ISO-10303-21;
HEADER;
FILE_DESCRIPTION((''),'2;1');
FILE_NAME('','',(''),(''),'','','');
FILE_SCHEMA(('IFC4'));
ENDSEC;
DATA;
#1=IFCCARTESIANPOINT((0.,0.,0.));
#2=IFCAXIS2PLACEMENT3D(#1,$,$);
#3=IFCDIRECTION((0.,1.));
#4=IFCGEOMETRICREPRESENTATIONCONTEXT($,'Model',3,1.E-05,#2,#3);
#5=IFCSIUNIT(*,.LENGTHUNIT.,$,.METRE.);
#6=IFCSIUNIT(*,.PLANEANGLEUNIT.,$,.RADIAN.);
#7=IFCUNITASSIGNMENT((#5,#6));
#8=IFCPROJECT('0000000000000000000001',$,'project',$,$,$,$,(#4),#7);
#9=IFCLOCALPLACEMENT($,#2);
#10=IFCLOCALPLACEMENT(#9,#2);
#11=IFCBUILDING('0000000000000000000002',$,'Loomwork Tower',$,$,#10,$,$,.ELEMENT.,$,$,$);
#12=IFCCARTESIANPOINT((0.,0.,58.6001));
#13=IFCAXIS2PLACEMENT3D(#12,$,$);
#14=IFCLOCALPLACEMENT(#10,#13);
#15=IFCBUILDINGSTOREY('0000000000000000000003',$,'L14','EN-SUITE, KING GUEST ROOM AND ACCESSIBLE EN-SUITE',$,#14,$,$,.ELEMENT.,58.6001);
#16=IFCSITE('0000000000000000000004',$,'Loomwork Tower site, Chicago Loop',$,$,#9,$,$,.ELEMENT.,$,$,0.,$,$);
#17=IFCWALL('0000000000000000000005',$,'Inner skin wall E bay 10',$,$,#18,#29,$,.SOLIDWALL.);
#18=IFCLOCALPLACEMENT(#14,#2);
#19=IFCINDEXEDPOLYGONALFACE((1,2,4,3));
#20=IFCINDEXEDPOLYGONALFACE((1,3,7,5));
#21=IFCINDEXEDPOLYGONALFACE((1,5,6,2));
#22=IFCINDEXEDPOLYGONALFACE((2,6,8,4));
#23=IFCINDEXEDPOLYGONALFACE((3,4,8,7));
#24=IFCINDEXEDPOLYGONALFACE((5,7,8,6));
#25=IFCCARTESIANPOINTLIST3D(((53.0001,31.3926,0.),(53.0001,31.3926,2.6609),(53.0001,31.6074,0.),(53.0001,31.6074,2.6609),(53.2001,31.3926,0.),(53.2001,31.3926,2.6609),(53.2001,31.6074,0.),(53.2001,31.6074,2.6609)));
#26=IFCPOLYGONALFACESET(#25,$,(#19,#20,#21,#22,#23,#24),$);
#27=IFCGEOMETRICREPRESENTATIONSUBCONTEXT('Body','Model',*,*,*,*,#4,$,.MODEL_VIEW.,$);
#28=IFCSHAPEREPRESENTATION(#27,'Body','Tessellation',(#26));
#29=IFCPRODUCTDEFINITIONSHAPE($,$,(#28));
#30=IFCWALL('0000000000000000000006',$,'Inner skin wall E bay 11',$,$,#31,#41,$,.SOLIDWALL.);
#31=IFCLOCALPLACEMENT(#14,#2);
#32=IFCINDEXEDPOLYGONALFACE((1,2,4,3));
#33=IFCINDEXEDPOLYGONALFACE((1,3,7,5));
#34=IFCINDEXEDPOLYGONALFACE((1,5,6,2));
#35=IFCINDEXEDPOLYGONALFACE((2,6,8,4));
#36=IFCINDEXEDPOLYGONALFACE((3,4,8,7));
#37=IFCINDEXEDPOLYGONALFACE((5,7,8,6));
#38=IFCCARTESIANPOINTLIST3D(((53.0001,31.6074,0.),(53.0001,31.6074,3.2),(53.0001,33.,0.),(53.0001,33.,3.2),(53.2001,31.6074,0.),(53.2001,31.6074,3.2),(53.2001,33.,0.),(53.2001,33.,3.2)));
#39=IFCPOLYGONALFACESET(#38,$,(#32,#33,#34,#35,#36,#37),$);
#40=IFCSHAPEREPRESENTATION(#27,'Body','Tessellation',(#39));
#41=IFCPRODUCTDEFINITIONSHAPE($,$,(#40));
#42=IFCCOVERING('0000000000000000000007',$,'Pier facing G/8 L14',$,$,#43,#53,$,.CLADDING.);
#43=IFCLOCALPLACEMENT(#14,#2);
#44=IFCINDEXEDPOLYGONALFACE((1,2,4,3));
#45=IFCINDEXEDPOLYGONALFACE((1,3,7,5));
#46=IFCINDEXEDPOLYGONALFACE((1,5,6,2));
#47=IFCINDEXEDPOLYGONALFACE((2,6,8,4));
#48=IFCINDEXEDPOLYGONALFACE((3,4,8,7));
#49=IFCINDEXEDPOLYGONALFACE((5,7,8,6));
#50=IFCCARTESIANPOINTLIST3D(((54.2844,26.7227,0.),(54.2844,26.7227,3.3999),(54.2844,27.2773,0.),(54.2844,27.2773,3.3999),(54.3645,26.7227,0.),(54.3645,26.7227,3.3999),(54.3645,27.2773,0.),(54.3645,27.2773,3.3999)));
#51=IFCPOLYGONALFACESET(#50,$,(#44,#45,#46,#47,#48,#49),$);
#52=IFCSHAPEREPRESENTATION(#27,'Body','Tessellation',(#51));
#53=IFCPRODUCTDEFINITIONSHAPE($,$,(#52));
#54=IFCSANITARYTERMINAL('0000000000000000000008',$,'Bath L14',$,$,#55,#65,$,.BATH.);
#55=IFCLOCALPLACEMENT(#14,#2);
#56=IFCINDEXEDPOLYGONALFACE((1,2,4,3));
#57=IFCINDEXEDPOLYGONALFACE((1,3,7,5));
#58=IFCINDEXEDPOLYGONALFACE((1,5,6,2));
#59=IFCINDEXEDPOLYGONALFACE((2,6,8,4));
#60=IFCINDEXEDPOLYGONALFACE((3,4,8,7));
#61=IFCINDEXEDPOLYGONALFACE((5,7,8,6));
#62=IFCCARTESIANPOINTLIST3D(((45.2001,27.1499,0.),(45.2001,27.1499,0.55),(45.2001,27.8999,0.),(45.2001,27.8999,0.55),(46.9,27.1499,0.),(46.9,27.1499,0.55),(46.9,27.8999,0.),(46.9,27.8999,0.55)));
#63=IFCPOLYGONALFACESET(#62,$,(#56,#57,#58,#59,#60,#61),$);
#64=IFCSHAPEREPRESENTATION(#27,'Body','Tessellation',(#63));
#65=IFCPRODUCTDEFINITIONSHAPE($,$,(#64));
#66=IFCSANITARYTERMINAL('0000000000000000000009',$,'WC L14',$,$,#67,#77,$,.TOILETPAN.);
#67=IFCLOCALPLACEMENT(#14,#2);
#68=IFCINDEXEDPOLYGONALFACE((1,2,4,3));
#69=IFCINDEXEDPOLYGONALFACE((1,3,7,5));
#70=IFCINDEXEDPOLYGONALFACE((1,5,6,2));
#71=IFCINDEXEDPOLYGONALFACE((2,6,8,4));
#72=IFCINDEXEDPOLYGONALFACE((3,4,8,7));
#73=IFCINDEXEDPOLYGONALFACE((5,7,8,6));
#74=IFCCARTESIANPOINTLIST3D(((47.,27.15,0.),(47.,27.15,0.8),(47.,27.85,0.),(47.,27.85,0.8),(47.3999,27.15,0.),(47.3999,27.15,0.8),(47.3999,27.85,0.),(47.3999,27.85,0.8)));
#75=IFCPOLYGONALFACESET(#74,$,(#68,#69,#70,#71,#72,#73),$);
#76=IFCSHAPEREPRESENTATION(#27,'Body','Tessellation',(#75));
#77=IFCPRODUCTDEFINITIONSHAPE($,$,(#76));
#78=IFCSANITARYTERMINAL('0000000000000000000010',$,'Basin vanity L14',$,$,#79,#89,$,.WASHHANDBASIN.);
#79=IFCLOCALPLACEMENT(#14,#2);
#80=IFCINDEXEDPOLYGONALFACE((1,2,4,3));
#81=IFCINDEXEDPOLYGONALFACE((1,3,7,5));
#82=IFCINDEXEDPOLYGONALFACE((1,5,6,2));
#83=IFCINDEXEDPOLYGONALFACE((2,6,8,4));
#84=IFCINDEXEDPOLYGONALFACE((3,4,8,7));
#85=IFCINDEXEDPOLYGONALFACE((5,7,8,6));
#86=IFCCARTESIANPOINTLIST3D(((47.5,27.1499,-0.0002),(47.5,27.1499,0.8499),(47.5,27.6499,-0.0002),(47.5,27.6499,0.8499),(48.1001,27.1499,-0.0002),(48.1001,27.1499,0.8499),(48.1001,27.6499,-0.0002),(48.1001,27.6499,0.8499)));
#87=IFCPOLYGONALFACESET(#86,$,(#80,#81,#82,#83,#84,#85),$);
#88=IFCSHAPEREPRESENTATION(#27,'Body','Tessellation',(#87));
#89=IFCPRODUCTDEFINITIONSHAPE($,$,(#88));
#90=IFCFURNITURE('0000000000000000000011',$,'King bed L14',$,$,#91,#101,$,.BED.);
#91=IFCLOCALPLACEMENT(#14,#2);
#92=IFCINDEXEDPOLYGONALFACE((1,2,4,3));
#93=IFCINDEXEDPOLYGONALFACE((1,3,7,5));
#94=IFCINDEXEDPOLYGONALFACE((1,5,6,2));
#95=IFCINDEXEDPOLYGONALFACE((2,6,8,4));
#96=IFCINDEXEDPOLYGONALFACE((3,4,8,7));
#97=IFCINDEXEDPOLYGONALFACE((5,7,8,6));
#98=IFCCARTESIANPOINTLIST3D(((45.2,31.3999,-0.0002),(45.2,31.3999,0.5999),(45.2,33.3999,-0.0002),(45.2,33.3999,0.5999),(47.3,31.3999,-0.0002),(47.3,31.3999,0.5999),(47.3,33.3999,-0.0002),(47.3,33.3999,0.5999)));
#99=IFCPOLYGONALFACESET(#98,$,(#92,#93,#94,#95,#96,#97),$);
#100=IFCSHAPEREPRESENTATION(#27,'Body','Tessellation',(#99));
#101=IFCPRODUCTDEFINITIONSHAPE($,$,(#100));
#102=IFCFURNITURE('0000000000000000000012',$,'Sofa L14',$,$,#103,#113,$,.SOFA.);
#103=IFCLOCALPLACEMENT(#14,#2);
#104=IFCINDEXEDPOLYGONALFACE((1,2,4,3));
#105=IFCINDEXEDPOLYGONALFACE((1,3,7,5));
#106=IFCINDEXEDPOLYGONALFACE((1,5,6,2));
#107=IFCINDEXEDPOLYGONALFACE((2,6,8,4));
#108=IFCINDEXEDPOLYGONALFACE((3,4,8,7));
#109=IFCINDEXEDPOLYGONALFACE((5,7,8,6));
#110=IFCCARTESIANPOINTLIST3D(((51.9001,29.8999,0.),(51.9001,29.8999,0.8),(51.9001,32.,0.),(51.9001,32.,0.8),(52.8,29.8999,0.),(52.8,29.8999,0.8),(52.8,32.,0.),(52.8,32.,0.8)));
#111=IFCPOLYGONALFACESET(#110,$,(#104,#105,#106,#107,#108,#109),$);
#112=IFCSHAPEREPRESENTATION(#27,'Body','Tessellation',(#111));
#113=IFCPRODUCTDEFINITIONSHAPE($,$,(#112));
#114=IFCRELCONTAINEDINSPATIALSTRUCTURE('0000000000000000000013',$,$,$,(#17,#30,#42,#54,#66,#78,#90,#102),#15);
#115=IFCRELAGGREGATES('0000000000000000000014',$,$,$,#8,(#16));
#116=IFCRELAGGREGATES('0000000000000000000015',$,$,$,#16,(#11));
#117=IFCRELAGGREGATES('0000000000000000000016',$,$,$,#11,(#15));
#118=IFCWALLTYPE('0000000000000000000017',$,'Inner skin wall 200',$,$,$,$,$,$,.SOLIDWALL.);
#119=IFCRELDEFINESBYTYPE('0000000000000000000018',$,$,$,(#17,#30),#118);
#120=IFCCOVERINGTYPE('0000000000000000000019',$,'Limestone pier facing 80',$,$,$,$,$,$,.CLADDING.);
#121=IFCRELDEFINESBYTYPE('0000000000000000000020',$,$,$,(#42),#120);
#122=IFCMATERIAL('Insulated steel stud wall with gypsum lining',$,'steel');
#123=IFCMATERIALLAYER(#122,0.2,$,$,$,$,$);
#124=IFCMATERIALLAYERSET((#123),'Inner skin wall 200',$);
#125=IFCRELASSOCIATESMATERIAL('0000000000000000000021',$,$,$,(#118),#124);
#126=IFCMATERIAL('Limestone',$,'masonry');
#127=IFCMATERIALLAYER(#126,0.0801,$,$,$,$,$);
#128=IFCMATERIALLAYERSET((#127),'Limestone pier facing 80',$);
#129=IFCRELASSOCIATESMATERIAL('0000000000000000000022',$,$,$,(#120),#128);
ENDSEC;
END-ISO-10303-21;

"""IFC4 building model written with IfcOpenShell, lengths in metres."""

from ifc_helpers import new_model, si_unit, direction, frame, frame_2d, origin, origin_2d, place, context, subcontext, project, spatial, rectangle, extrude, material, layer, layer_set, type_object, element, save


model = new_model("IFC4")

# Units and contexts
model_context = context("Model", 3, precision=1e-05, world=origin(), true_north=direction((0.0, 1.0)))
body_context = subcontext(model_context, "Body", "Model", "MODEL_VIEW")
ifc_project = project(units=[si_unit("LENGTHUNIT", "METRE"), si_unit("PLANEANGLEUNIT", "RADIAN")], contexts=[model_context])

# Site, building, storey
site_placement = place(None, origin())
site = spatial("IfcSite", under=ifc_project, at=site_placement, Name="Loomwork Tower site, Chicago Loop", CompositionType="ELEMENT", RefElevation=0.0)
building_placement = place(site_placement, origin())
building = spatial("IfcBuilding", under=site, at=building_placement, Name="Loomwork Tower", CompositionType="ELEMENT")
storey_placement = place(building_placement, frame((0.0, 0.0, 58.6001)))
storey = spatial("IfcBuildingStorey", under=building, at=storey_placement, Name="L14", Description="EN-SUITE, KING GUEST ROOM AND ACCESSIBLE EN-SUITE", CompositionType="ELEMENT", Elevation=58.6001)

# Walls
ifc_material_1 = material(Name="Insulated steel stud wall with gypsum lining", Category="steel")
ifc_layer_1 = layer(ifc_material_1, 0.2)
ifc_layer_set_1 = layer_set([ifc_layer_1], Name="Inner skin wall 200")
wall_type_1 = type_object("IfcWallType", Name="Inner skin wall 200", PredefinedType="SOLIDWALL", material=ifc_layer_set_1)
wall_1_placement = place(storey_placement, frame((53.1001, 31.3926, 0.0), z_axis=(0.0, 0.0, 1.0), x_axis=(0.0, 1.0, 0.0)))
element("IfcWall", 1, at=wall_1_placement, inside=storey, type_object=wall_type_1, Name="Inner skin wall E bay 10", PredefinedType="SOLIDWALL", context=body_context, shape_type="SweptSolid", body=[
    extrude(rectangle(XDim=0.2148, YDim=0.2, at=frame_2d((0.1074, 0.0))), origin(), (0.0, 0.0, 1.0), 2.6609),
])
wall_2_placement = place(storey_placement, frame((53.1001, 31.6074, 0.0), z_axis=(0.0, 0.0, 1.0), x_axis=(0.0, 1.0, 0.0)))
element("IfcWall", 2, at=wall_2_placement, inside=storey, type_object=wall_type_1, Name="Inner skin wall E bay 11", PredefinedType="SOLIDWALL", context=body_context, shape_type="SweptSolid", body=[
    extrude(rectangle(XDim=1.3926, YDim=0.2, at=frame_2d((0.6963, 0.0))), origin(), (0.0, 0.0, 1.0), 3.2),
])

# Covering
ifc_material_2 = material(Name="Limestone", Category="masonry")
ifc_layer_2 = layer(ifc_material_2, 0.0801)
ifc_layer_set_2 = layer_set([ifc_layer_2], Name="Limestone pier facing 80")
covering_type = type_object("IfcCoveringType", Name="Limestone pier facing 80", PredefinedType="CLADDING", material=ifc_layer_set_2)
covering_placement = place(storey_placement, frame((54.3245, 27.0, 0.0), z_axis=(0.0, 0.0, 1.0), x_axis=(1.0, 0.0, 0.0)))
element("IfcCovering", 3, at=covering_placement, inside=storey, type_object=covering_type, Name="Pier facing G/8 L14", PredefinedType="CLADDING", context=body_context, shape_type="SweptSolid", body=[
    extrude(rectangle(XDim=0.0801, YDim=0.5547, at=origin_2d()), origin(), (0.0, 0.0, 1.0), 3.3999),
])

# Sanitary terminals
sanitary_terminal_1_placement = place(storey_placement, frame((46.05, 27.5249, 0.0), z_axis=(0.0, 0.0, 1.0), x_axis=(1.0, 0.0, 0.0)))
element("IfcSanitaryTerminal", 4, at=sanitary_terminal_1_placement, inside=storey, Name="Bath L14", PredefinedType="BATH", context=body_context, shape_type="SweptSolid", body=[
    extrude(rectangle(XDim=1.7, YDim=0.75, at=origin_2d()), origin(), (0.0, 0.0, 1.0), 0.55),
])
sanitary_terminal_2_placement = place(storey_placement, frame((47.2, 27.5, 0.0), z_axis=(0.0, 0.0, 1.0), x_axis=(1.0, 0.0, 0.0)))
element("IfcSanitaryTerminal", 5, at=sanitary_terminal_2_placement, inside=storey, Name="WC L14", PredefinedType="TOILETPAN", context=body_context, shape_type="SweptSolid", body=[
    extrude(rectangle(XDim=0.3999, YDim=0.7, at=origin_2d()), origin(), (0.0, 0.0, 1.0), 0.8),
])
sanitary_terminal_3_placement = place(storey_placement, frame((47.8, 27.3999, -0.0002), z_axis=(0.0, 0.0, 1.0), x_axis=(1.0, 0.0, 0.0)))
element("IfcSanitaryTerminal", 6, at=sanitary_terminal_3_placement, inside=storey, Name="Basin vanity L14", PredefinedType="WASHHANDBASIN", context=body_context, shape_type="SweptSolid", body=[
    extrude(rectangle(XDim=0.6001, YDim=0.5, at=origin_2d()), origin(), (0.0, 0.0, 1.0), 0.8501),
])

# Furniture
furniture_1_placement = place(storey_placement, frame((46.25, 32.3999, -0.0002), z_axis=(0.0, 0.0, 1.0), x_axis=(1.0, 0.0, 0.0)))
element("IfcFurniture", 7, at=furniture_1_placement, inside=storey, Name="King bed L14", PredefinedType="BED", context=body_context, shape_type="SweptSolid", body=[
    extrude(rectangle(XDim=2.1001, YDim=2.0, at=origin_2d()), origin(), (0.0, 0.0, 1.0), 0.6001),
])
furniture_2_placement = place(storey_placement, frame((52.3501, 30.95, 0.0), z_axis=(0.0, 0.0, 1.0), x_axis=(1.0, 0.0, 0.0)))
element("IfcFurniture", 8, at=furniture_2_placement, inside=storey, Name="Sofa L14", PredefinedType="SOFA", context=body_context, shape_type="SweptSolid", body=[
    extrude(rectangle(XDim=0.8999, YDim=2.1001, at=origin_2d()), origin(), (0.0, 0.0, 1.0), 0.8),
])

save(model, "model.ifc")
